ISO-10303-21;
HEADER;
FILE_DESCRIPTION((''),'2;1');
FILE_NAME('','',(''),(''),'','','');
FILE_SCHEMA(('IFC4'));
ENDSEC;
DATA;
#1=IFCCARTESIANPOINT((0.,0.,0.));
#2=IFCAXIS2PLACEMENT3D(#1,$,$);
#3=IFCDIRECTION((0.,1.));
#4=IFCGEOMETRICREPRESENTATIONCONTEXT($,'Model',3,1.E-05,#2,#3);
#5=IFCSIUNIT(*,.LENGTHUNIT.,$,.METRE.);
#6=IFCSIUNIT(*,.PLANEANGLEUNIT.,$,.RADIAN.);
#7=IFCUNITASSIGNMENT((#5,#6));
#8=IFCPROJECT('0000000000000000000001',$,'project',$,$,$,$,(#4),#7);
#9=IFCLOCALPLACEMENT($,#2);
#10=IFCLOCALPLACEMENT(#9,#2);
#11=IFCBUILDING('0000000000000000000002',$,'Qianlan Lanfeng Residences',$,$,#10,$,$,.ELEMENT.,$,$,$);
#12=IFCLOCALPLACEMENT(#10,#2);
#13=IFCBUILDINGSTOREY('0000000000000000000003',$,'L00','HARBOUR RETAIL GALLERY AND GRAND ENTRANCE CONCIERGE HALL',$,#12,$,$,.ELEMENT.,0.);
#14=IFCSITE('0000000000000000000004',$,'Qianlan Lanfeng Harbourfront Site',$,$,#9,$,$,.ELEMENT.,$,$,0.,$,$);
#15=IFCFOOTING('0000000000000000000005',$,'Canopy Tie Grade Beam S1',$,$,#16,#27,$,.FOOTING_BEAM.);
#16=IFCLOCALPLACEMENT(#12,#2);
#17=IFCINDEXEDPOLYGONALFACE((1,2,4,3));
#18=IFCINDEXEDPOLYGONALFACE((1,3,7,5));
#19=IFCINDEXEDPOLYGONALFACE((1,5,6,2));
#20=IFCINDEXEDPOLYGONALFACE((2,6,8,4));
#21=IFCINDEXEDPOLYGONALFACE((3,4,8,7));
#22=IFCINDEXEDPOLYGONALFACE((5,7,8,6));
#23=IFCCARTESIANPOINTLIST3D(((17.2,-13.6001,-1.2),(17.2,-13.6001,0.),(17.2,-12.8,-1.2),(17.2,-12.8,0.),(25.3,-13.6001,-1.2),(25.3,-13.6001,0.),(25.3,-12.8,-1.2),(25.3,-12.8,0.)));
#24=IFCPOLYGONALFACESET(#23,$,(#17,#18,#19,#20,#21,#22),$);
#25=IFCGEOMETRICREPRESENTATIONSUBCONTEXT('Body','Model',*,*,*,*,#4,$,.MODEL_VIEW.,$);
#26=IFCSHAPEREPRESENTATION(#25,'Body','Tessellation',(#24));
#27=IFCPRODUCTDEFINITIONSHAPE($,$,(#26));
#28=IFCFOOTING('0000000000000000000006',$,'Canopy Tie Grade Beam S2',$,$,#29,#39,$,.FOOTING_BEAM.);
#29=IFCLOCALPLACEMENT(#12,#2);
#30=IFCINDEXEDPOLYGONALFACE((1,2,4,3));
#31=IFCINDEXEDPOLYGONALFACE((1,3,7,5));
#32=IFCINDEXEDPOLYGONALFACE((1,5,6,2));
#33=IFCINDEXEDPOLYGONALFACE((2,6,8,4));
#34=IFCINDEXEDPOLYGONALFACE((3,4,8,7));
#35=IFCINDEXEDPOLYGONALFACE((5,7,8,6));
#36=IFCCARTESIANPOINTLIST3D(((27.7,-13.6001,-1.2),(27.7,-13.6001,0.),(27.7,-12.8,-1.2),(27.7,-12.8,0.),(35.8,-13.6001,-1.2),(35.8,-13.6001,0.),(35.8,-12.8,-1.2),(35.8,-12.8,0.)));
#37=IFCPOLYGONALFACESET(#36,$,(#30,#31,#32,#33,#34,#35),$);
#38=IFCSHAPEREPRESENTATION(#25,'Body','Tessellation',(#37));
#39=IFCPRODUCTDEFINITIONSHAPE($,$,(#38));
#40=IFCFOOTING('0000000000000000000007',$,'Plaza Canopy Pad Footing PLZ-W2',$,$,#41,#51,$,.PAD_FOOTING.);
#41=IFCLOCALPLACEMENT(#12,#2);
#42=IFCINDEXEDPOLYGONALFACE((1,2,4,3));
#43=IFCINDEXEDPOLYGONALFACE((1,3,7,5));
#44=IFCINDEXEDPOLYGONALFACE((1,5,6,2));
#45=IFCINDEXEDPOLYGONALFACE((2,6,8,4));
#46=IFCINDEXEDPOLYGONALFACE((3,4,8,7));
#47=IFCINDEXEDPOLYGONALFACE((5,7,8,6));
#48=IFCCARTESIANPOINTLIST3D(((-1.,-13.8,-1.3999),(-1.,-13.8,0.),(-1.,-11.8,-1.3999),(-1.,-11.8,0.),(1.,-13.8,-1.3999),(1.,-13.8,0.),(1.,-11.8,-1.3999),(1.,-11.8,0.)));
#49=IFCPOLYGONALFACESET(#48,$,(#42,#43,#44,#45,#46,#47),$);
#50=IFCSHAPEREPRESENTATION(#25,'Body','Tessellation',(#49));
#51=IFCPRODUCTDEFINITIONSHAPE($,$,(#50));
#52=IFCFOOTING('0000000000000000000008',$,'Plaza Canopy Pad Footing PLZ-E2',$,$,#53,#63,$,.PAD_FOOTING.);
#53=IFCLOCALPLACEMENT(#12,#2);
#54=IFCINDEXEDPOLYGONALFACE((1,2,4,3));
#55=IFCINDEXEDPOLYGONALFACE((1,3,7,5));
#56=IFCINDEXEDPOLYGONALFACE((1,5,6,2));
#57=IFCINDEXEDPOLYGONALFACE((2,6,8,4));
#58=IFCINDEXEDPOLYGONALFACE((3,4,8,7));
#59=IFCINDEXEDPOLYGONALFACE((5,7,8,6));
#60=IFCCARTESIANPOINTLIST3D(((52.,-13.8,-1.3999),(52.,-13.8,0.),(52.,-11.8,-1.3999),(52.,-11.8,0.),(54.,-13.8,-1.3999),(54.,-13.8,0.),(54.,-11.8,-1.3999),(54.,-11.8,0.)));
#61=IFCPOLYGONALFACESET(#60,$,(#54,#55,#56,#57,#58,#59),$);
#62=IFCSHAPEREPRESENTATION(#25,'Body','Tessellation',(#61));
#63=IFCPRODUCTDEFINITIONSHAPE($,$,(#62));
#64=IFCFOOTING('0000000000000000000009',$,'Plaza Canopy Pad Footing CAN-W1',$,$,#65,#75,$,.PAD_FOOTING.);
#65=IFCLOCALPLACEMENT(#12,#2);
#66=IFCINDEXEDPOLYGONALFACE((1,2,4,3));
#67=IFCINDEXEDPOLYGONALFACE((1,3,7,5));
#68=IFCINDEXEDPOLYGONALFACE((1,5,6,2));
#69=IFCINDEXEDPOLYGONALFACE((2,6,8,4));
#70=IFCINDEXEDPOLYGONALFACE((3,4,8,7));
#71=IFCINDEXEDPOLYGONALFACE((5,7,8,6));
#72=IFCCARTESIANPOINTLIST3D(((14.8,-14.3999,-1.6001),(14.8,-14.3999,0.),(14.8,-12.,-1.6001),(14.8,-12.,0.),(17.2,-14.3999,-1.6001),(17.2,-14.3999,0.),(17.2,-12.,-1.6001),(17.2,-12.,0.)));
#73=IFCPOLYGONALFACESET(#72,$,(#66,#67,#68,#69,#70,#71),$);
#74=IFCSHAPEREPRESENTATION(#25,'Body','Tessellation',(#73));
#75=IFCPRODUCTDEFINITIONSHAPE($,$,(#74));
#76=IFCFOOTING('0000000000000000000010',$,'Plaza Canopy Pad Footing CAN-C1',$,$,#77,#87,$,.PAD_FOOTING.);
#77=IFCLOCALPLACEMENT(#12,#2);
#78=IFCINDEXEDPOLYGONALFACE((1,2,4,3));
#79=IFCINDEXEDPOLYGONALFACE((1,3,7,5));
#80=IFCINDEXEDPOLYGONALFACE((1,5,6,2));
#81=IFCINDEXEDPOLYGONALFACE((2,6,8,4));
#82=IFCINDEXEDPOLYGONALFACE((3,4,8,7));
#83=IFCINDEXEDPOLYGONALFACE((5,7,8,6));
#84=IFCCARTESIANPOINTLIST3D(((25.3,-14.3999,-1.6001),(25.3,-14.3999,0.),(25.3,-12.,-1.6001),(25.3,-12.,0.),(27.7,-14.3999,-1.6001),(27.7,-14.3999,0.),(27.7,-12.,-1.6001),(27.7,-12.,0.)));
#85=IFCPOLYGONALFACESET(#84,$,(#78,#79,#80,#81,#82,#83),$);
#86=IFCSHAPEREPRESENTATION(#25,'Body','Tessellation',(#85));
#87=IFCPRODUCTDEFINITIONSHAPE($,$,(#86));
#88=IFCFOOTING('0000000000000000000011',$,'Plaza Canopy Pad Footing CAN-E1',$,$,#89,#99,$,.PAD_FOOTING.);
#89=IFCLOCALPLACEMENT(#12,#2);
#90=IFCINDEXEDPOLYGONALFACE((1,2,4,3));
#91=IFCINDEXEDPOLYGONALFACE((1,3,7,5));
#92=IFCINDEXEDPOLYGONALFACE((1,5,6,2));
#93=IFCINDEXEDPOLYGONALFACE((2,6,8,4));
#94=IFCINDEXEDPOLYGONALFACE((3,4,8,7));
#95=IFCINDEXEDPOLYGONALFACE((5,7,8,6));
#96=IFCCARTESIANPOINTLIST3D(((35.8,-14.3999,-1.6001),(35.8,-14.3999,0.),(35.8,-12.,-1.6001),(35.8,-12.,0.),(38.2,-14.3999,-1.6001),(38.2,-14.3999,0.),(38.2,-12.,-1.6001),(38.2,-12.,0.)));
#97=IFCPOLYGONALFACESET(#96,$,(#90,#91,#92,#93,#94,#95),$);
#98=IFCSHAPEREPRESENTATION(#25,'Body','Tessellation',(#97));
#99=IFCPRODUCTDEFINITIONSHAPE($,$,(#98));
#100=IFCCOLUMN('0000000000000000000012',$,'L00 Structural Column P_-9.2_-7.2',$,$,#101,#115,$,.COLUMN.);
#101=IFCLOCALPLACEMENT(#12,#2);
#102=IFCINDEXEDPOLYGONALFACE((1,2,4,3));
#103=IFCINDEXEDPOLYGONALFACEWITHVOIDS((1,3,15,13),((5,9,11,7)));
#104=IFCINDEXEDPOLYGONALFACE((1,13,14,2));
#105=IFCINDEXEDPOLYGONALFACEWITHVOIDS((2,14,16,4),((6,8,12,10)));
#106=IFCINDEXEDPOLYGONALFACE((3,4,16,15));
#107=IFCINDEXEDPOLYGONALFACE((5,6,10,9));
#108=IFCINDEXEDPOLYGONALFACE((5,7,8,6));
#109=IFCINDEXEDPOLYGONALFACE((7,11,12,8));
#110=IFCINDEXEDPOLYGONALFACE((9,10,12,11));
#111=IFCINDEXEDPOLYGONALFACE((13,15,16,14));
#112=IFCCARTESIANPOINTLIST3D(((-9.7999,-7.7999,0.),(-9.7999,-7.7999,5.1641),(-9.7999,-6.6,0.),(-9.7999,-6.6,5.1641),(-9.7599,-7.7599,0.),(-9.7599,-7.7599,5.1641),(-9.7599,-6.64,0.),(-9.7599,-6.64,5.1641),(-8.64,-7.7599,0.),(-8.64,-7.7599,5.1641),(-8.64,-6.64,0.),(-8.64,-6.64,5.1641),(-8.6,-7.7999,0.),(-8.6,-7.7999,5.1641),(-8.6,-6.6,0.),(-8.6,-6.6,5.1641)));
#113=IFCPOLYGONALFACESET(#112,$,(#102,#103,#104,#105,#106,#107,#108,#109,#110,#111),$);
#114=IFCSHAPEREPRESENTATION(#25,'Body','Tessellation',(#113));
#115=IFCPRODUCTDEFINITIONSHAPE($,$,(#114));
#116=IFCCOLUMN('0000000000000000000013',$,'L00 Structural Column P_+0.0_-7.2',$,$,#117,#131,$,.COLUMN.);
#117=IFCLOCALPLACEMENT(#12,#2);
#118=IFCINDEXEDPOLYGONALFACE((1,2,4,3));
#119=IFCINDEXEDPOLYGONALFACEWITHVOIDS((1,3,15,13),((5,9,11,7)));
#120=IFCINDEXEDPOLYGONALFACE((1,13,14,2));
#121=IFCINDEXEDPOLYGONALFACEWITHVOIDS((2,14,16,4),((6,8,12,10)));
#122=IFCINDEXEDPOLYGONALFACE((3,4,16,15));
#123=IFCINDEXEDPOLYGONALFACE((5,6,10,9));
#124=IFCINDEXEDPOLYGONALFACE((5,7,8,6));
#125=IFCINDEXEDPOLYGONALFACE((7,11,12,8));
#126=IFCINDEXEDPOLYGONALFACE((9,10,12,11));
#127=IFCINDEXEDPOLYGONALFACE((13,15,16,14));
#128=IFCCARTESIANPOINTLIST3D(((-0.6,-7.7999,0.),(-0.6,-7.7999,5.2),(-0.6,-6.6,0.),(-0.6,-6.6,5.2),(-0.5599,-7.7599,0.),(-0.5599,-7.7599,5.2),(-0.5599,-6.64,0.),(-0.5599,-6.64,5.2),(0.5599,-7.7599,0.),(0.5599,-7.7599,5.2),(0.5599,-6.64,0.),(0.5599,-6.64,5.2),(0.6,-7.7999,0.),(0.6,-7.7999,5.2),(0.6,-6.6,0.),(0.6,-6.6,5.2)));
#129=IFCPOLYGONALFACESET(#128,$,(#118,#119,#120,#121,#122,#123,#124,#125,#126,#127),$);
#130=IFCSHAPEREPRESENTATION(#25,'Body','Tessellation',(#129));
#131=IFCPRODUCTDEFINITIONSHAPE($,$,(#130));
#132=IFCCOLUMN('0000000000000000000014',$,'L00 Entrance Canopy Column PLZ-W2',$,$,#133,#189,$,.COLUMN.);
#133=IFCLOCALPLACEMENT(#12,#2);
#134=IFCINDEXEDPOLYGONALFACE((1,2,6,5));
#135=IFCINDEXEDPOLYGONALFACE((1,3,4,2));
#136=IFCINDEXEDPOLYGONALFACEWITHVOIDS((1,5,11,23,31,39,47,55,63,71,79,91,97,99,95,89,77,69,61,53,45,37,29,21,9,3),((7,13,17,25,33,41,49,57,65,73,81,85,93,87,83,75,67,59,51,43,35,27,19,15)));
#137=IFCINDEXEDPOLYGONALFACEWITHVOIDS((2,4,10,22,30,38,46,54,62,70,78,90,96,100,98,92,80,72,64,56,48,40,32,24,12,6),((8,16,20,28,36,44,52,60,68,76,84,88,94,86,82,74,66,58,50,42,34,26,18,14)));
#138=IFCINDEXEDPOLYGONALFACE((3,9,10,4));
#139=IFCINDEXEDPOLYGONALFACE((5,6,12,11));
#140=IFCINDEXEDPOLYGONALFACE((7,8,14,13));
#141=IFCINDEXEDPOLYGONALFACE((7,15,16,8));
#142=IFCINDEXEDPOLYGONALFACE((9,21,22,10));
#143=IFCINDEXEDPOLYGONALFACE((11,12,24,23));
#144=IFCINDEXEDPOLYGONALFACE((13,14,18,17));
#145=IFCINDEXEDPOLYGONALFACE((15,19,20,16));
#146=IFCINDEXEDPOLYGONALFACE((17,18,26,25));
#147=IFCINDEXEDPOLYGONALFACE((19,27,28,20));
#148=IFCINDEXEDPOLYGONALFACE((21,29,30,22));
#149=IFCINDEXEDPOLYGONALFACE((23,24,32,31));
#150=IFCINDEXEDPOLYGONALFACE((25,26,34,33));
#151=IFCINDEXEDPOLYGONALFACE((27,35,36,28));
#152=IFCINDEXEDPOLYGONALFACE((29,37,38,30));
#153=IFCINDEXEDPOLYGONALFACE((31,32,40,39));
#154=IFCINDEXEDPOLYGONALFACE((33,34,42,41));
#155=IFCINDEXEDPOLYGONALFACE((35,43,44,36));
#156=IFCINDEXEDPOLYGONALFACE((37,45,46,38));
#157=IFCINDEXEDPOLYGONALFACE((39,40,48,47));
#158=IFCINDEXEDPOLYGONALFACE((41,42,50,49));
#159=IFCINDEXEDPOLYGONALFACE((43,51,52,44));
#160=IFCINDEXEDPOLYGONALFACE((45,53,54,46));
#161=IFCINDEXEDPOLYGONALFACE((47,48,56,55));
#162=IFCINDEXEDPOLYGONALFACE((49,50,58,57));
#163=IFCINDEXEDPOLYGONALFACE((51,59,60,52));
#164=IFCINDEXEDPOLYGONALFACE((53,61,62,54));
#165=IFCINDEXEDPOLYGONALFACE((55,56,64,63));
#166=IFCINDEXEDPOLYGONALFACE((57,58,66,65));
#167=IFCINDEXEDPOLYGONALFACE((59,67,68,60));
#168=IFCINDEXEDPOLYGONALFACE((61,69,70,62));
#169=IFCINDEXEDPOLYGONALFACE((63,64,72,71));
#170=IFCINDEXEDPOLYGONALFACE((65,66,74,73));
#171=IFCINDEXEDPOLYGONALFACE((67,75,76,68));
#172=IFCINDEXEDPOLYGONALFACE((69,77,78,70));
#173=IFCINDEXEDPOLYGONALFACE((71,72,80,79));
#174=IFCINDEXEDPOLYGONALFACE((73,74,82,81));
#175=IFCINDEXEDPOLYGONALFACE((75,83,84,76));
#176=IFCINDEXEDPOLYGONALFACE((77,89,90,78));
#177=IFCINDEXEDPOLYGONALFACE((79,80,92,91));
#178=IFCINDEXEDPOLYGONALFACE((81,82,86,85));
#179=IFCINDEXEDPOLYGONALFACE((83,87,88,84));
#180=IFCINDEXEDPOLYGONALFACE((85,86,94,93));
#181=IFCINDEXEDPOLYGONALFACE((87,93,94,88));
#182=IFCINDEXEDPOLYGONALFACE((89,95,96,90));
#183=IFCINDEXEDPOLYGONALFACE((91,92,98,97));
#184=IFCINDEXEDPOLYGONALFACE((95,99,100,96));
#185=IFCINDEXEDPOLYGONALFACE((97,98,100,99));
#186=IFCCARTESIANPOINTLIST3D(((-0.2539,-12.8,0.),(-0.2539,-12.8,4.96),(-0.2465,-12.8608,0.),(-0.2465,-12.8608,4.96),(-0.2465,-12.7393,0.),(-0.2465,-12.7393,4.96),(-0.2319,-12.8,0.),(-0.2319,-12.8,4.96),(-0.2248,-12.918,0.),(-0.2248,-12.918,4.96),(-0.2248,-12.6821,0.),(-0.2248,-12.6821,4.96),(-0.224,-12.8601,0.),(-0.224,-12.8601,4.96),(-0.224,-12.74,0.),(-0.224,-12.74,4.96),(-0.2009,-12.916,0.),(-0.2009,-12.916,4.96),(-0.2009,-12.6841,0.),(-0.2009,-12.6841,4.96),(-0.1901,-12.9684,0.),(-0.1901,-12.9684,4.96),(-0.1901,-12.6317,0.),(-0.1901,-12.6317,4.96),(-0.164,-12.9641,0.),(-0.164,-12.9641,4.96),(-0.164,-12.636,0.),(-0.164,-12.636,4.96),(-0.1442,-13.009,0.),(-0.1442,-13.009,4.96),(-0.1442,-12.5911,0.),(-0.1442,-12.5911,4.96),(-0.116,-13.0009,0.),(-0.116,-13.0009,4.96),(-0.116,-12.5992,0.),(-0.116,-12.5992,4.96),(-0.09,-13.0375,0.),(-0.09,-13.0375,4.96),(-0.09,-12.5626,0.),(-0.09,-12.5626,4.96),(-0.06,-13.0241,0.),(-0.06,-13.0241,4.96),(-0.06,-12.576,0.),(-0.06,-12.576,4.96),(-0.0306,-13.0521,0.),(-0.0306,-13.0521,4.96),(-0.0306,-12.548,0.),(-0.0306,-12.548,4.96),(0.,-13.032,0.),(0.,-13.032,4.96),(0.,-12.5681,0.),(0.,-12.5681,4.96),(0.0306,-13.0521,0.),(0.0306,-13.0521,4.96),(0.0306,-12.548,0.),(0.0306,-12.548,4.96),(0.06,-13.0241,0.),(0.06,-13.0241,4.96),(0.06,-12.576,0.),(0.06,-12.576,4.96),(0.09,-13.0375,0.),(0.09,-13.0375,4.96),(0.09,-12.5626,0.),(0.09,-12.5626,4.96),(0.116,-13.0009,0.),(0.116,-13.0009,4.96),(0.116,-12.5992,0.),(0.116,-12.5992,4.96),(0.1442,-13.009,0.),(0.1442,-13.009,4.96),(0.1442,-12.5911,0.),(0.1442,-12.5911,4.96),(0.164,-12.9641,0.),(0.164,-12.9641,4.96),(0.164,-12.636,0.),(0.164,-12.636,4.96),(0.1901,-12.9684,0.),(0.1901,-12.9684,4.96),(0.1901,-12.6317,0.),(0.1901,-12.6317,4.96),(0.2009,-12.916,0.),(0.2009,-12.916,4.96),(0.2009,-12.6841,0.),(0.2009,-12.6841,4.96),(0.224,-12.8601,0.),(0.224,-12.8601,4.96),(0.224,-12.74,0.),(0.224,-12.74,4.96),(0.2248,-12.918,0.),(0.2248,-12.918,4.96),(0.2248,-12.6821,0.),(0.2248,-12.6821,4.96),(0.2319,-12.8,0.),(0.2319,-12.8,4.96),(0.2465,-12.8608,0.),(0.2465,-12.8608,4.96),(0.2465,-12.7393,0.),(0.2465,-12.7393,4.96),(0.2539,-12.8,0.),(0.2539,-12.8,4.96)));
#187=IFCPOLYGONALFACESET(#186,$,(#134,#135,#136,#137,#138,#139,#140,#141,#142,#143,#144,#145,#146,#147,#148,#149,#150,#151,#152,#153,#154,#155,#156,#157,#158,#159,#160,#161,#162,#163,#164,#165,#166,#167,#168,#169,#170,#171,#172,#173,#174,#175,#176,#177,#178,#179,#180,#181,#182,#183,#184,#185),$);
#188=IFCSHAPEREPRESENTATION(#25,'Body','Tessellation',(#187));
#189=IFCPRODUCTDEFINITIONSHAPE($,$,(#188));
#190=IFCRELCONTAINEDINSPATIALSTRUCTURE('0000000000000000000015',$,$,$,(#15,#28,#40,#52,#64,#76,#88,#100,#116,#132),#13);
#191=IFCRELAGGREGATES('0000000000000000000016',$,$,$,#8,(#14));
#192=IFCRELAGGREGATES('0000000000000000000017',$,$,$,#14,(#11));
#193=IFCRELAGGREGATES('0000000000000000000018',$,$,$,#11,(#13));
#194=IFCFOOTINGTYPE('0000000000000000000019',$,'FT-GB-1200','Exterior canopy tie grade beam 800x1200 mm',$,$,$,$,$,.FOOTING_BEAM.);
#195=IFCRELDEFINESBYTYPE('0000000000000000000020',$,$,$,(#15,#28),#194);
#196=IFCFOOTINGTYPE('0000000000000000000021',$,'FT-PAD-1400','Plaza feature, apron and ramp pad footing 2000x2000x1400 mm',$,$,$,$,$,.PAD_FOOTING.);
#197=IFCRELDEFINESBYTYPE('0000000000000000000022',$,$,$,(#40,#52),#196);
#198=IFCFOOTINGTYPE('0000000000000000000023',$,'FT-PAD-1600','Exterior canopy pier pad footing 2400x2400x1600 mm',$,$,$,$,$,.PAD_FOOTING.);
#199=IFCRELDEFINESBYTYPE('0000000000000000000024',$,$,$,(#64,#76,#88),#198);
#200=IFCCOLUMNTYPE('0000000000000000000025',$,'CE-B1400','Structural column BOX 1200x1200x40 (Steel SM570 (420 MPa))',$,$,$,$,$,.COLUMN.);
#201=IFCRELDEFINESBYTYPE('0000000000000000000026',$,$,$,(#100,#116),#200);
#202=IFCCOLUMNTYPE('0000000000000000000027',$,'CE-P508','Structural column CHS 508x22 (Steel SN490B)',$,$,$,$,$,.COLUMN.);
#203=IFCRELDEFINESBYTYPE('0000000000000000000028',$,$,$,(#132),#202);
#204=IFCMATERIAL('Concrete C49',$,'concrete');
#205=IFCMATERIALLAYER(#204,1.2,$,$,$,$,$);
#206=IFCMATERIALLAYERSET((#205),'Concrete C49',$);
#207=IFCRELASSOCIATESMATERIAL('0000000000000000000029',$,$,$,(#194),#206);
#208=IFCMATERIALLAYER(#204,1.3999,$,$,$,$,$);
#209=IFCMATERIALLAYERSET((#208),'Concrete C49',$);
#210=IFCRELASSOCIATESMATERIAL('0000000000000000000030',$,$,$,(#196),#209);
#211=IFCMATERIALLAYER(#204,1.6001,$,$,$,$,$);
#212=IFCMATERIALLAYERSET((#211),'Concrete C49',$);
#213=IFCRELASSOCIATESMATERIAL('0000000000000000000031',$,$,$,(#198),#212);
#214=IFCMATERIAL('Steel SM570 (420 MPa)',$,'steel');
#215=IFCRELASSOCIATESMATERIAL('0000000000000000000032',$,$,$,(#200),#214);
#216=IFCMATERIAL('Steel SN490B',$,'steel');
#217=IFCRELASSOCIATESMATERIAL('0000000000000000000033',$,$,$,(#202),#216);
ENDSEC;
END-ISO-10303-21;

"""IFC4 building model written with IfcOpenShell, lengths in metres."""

from ifc_helpers import new_model, si_unit, direction, frame, origin, origin_2d, place, context, subcontext, project, spatial, polyline, hollow_rectangle, hollow_circle, outline, extrude, material, layer, layer_set, material_profile, profile_set, type_object, element, save


model = new_model("IFC4")

# Units and contexts
model_context = context("Model", 3, precision=1e-05, world=origin(), true_north=direction((0.0, 1.0)))
body_context = subcontext(model_context, "Body", "Model", "MODEL_VIEW")
ifc_project = project(units=[si_unit("LENGTHUNIT", "METRE"), si_unit("PLANEANGLEUNIT", "RADIAN")], contexts=[model_context])

# Site, building, storey
site_placement = place(None, origin())
site = spatial("IfcSite", under=ifc_project, at=site_placement, Name="Qianlan Lanfeng Harbourfront Site", CompositionType="ELEMENT", RefElevation=0.0)
building_placement = place(site_placement, origin())
building = spatial("IfcBuilding", under=site, at=building_placement, Name="Qianlan Lanfeng Residences", CompositionType="ELEMENT")
storey_placement = place(building_placement, origin())
storey = spatial("IfcBuildingStorey", under=building, at=storey_placement, Name="L00", Description="HARBOUR RETAIL GALLERY AND GRAND ENTRANCE CONCIERGE HALL", CompositionType="ELEMENT", Elevation=0.0)

# Footings
ifc_material_1 = material(Name="Concrete C49", Category="concrete")
ifc_layer_1 = layer(ifc_material_1, 1.2)
ifc_layer_set_1 = layer_set([ifc_layer_1], Name="Concrete C49")
footing_type_1 = type_object("IfcFootingType", Name="FT-GB-1200", Description="Exterior canopy tie grade beam 800x1200 mm", PredefinedType="FOOTING_BEAM", material=ifc_layer_set_1)
footing_1_placement = place(storey_placement, frame((0.0, 0.0, -1.2)))
element("IfcFooting", 1, at=footing_1_placement, inside=storey, type_object=footing_type_1, Name="Canopy Tie Grade Beam S1", PredefinedType="FOOTING_BEAM", context=body_context, shape_type="SweptSolid", body=[
    extrude(outline(polyline([(17.2, -13.6001), (25.3, -13.6001), (25.3, -12.8), (17.2, -12.8), (17.2, -13.6001)])), origin(), (0.0, 0.0, 1.0), 1.2),
])
footing_2_placement = place(storey_placement, frame((0.0, 0.0, -1.2)))
element("IfcFooting", 2, at=footing_2_placement, inside=storey, type_object=footing_type_1, Name="Canopy Tie Grade Beam S2", PredefinedType="FOOTING_BEAM", context=body_context, shape_type="SweptSolid", body=[
    extrude(outline(polyline([(27.7, -13.6001), (35.8, -13.6001), (35.8, -12.8), (27.7, -12.8), (27.7, -13.6001)])), origin(), (0.0, 0.0, 1.0), 1.2),
])
ifc_layer_2 = layer(ifc_material_1, 1.3999)
ifc_layer_set_2 = layer_set([ifc_layer_2], Name="Concrete C49")
footing_type_2 = type_object("IfcFootingType", Name="FT-PAD-1400", Description="Plaza feature, apron and ramp pad footing 2000x2000x1400 mm", PredefinedType="PAD_FOOTING", material=ifc_layer_set_2)
footing_3_placement = place(storey_placement, frame((0.0, 0.0, -1.3999)))
element("IfcFooting", 3, at=footing_3_placement, inside=storey, type_object=footing_type_2, Name="Plaza Canopy Pad Footing PLZ-W2", PredefinedType="PAD_FOOTING", context=body_context, shape_type="SweptSolid", body=[
    extrude(outline(polyline([(-1.0, -13.8), (1.0, -13.8), (1.0, -11.8), (-1.0, -11.8), (-1.0, -13.8)])), origin(), (0.0, 0.0, 1.0), 1.3999),
])
footing_4_placement = place(storey_placement, frame((0.0, 0.0, -1.3999)))
element("IfcFooting", 4, at=footing_4_placement, inside=storey, type_object=footing_type_2, Name="Plaza Canopy Pad Footing PLZ-E2", PredefinedType="PAD_FOOTING", context=body_context, shape_type="SweptSolid", body=[
    extrude(outline(polyline([(52.0, -13.8), (54.0, -13.8), (54.0, -11.8), (52.0, -11.8), (52.0, -13.8)])), origin(), (0.0, 0.0, 1.0), 1.3999),
])
ifc_layer_3 = layer(ifc_material_1, 1.6001)
ifc_layer_set_3 = layer_set([ifc_layer_3], Name="Concrete C49")
footing_type_3 = type_object("IfcFootingType", Name="FT-PAD-1600", Description="Exterior canopy pier pad footing 2400x2400x1600 mm", PredefinedType="PAD_FOOTING", material=ifc_layer_set_3)
footing_5_placement = place(storey_placement, frame((0.0, 0.0, -1.6001)))
element("IfcFooting", 5, at=footing_5_placement, inside=storey, type_object=footing_type_3, Name="Plaza Canopy Pad Footing CAN-W1", PredefinedType="PAD_FOOTING", context=body_context, shape_type="SweptSolid", body=[
    extrude(outline(polyline([(14.8, -14.3999), (17.2, -14.3999), (17.2, -12.0), (14.8, -12.0), (14.8, -14.3999)])), origin(), (0.0, 0.0, 1.0), 1.6001),
])
footing_6_placement = place(storey_placement, frame((0.0, 0.0, -1.6001)))
element("IfcFooting", 6, at=footing_6_placement, inside=storey, type_object=footing_type_3, Name="Plaza Canopy Pad Footing CAN-C1", PredefinedType="PAD_FOOTING", context=body_context, shape_type="SweptSolid", body=[
    extrude(outline(polyline([(25.3, -14.3999), (27.7, -14.3999), (27.7, -12.0), (25.3, -12.0), (25.3, -14.3999)])), origin(), (0.0, 0.0, 1.0), 1.6001),
])
footing_7_placement = place(storey_placement, frame((0.0, 0.0, -1.6001)))
element("IfcFooting", 7, at=footing_7_placement, inside=storey, type_object=footing_type_3, Name="Plaza Canopy Pad Footing CAN-E1", PredefinedType="PAD_FOOTING", context=body_context, shape_type="SweptSolid", body=[
    extrude(outline(polyline([(35.8, -14.3999), (38.2, -14.3999), (38.2, -12.0), (35.8, -12.0), (35.8, -14.3999)])), origin(), (0.0, 0.0, 1.0), 1.6001),
])

# Columns
ifc_material_2 = material(Name="Steel SM570 (420 MPa)", Category="steel")
ifc_material_profile_1 = material_profile(ifc_material_2, hollow_rectangle(XDim=1.2, YDim=1.2, WallThickness=0.04, at=origin_2d()), Name="BOX 1200x1200x40")
ifc_profile_set_1 = profile_set([ifc_material_profile_1], Name="Steel SM570 (420 MPa)")
column_type_1 = type_object("IfcColumnType", Name="CE-B1400", Description="Structural column BOX 1200x1200x40 (Steel SM570 (420 MPa))", PredefinedType="COLUMN", material=ifc_profile_set_1)
column_1_placement = place(storey_placement, frame((-9.2, -7.2, 0.0), z_axis=(0.0, 0.0, 1.0), x_axis=(1.0, 0.0, 0.0)))
element("IfcColumn", 8, at=column_1_placement, inside=storey, type_object=column_type_1, Name="L00 Structural Column P_-9.2_-7.2", PredefinedType="COLUMN", context=body_context, shape_type="SweptSolid", body=[
    extrude(hollow_rectangle(XDim=1.2, YDim=1.2, WallThickness=0.04, at=origin_2d()), origin(), (0.0, 0.0, 1.0), 5.1641),
])
column_2_placement = place(storey_placement, frame((0.0, -7.2, 0.0), z_axis=(0.0, 0.0, 1.0), x_axis=(1.0, 0.0, 0.0)))
element("IfcColumn", 9, at=column_2_placement, inside=storey, type_object=column_type_1, Name="L00 Structural Column P_+0.0_-7.2", PredefinedType="COLUMN", context=body_context, shape_type="SweptSolid", body=[
    extrude(hollow_rectangle(XDim=1.2, YDim=1.2, WallThickness=0.04, at=origin_2d()), origin(), (0.0, 0.0, 1.0), 5.2),
])
ifc_material_3 = material(Name="Steel SN490B", Category="steel")
ifc_material_profile_2 = material_profile(ifc_material_3, hollow_circle(Radius=0.2539, WallThickness=0.022, at=origin_2d()), Name="CHS 508x22")
ifc_profile_set_2 = profile_set([ifc_material_profile_2], Name="Steel SN490B")
column_type_2 = type_object("IfcColumnType", Name="CE-P508", Description="Structural column CHS 508x22 (Steel SN490B)", PredefinedType="COLUMN", material=ifc_profile_set_2)
column_3_placement = place(storey_placement, frame((0.0, -12.8, 0.0), z_axis=(0.0, 0.0, 1.0), x_axis=(1.0, 0.0, 0.0)))
element("IfcColumn", 10, at=column_3_placement, inside=storey, type_object=column_type_2, Name="L00 Entrance Canopy Column PLZ-W2", PredefinedType="COLUMN", context=body_context, shape_type="SweptSolid", body=[
    extrude(hollow_circle(Radius=0.2539, WallThickness=0.022, at=origin_2d()), origin(), (0.0, 0.0, 1.0), 4.96),
])

save(model, "model.ifc")
